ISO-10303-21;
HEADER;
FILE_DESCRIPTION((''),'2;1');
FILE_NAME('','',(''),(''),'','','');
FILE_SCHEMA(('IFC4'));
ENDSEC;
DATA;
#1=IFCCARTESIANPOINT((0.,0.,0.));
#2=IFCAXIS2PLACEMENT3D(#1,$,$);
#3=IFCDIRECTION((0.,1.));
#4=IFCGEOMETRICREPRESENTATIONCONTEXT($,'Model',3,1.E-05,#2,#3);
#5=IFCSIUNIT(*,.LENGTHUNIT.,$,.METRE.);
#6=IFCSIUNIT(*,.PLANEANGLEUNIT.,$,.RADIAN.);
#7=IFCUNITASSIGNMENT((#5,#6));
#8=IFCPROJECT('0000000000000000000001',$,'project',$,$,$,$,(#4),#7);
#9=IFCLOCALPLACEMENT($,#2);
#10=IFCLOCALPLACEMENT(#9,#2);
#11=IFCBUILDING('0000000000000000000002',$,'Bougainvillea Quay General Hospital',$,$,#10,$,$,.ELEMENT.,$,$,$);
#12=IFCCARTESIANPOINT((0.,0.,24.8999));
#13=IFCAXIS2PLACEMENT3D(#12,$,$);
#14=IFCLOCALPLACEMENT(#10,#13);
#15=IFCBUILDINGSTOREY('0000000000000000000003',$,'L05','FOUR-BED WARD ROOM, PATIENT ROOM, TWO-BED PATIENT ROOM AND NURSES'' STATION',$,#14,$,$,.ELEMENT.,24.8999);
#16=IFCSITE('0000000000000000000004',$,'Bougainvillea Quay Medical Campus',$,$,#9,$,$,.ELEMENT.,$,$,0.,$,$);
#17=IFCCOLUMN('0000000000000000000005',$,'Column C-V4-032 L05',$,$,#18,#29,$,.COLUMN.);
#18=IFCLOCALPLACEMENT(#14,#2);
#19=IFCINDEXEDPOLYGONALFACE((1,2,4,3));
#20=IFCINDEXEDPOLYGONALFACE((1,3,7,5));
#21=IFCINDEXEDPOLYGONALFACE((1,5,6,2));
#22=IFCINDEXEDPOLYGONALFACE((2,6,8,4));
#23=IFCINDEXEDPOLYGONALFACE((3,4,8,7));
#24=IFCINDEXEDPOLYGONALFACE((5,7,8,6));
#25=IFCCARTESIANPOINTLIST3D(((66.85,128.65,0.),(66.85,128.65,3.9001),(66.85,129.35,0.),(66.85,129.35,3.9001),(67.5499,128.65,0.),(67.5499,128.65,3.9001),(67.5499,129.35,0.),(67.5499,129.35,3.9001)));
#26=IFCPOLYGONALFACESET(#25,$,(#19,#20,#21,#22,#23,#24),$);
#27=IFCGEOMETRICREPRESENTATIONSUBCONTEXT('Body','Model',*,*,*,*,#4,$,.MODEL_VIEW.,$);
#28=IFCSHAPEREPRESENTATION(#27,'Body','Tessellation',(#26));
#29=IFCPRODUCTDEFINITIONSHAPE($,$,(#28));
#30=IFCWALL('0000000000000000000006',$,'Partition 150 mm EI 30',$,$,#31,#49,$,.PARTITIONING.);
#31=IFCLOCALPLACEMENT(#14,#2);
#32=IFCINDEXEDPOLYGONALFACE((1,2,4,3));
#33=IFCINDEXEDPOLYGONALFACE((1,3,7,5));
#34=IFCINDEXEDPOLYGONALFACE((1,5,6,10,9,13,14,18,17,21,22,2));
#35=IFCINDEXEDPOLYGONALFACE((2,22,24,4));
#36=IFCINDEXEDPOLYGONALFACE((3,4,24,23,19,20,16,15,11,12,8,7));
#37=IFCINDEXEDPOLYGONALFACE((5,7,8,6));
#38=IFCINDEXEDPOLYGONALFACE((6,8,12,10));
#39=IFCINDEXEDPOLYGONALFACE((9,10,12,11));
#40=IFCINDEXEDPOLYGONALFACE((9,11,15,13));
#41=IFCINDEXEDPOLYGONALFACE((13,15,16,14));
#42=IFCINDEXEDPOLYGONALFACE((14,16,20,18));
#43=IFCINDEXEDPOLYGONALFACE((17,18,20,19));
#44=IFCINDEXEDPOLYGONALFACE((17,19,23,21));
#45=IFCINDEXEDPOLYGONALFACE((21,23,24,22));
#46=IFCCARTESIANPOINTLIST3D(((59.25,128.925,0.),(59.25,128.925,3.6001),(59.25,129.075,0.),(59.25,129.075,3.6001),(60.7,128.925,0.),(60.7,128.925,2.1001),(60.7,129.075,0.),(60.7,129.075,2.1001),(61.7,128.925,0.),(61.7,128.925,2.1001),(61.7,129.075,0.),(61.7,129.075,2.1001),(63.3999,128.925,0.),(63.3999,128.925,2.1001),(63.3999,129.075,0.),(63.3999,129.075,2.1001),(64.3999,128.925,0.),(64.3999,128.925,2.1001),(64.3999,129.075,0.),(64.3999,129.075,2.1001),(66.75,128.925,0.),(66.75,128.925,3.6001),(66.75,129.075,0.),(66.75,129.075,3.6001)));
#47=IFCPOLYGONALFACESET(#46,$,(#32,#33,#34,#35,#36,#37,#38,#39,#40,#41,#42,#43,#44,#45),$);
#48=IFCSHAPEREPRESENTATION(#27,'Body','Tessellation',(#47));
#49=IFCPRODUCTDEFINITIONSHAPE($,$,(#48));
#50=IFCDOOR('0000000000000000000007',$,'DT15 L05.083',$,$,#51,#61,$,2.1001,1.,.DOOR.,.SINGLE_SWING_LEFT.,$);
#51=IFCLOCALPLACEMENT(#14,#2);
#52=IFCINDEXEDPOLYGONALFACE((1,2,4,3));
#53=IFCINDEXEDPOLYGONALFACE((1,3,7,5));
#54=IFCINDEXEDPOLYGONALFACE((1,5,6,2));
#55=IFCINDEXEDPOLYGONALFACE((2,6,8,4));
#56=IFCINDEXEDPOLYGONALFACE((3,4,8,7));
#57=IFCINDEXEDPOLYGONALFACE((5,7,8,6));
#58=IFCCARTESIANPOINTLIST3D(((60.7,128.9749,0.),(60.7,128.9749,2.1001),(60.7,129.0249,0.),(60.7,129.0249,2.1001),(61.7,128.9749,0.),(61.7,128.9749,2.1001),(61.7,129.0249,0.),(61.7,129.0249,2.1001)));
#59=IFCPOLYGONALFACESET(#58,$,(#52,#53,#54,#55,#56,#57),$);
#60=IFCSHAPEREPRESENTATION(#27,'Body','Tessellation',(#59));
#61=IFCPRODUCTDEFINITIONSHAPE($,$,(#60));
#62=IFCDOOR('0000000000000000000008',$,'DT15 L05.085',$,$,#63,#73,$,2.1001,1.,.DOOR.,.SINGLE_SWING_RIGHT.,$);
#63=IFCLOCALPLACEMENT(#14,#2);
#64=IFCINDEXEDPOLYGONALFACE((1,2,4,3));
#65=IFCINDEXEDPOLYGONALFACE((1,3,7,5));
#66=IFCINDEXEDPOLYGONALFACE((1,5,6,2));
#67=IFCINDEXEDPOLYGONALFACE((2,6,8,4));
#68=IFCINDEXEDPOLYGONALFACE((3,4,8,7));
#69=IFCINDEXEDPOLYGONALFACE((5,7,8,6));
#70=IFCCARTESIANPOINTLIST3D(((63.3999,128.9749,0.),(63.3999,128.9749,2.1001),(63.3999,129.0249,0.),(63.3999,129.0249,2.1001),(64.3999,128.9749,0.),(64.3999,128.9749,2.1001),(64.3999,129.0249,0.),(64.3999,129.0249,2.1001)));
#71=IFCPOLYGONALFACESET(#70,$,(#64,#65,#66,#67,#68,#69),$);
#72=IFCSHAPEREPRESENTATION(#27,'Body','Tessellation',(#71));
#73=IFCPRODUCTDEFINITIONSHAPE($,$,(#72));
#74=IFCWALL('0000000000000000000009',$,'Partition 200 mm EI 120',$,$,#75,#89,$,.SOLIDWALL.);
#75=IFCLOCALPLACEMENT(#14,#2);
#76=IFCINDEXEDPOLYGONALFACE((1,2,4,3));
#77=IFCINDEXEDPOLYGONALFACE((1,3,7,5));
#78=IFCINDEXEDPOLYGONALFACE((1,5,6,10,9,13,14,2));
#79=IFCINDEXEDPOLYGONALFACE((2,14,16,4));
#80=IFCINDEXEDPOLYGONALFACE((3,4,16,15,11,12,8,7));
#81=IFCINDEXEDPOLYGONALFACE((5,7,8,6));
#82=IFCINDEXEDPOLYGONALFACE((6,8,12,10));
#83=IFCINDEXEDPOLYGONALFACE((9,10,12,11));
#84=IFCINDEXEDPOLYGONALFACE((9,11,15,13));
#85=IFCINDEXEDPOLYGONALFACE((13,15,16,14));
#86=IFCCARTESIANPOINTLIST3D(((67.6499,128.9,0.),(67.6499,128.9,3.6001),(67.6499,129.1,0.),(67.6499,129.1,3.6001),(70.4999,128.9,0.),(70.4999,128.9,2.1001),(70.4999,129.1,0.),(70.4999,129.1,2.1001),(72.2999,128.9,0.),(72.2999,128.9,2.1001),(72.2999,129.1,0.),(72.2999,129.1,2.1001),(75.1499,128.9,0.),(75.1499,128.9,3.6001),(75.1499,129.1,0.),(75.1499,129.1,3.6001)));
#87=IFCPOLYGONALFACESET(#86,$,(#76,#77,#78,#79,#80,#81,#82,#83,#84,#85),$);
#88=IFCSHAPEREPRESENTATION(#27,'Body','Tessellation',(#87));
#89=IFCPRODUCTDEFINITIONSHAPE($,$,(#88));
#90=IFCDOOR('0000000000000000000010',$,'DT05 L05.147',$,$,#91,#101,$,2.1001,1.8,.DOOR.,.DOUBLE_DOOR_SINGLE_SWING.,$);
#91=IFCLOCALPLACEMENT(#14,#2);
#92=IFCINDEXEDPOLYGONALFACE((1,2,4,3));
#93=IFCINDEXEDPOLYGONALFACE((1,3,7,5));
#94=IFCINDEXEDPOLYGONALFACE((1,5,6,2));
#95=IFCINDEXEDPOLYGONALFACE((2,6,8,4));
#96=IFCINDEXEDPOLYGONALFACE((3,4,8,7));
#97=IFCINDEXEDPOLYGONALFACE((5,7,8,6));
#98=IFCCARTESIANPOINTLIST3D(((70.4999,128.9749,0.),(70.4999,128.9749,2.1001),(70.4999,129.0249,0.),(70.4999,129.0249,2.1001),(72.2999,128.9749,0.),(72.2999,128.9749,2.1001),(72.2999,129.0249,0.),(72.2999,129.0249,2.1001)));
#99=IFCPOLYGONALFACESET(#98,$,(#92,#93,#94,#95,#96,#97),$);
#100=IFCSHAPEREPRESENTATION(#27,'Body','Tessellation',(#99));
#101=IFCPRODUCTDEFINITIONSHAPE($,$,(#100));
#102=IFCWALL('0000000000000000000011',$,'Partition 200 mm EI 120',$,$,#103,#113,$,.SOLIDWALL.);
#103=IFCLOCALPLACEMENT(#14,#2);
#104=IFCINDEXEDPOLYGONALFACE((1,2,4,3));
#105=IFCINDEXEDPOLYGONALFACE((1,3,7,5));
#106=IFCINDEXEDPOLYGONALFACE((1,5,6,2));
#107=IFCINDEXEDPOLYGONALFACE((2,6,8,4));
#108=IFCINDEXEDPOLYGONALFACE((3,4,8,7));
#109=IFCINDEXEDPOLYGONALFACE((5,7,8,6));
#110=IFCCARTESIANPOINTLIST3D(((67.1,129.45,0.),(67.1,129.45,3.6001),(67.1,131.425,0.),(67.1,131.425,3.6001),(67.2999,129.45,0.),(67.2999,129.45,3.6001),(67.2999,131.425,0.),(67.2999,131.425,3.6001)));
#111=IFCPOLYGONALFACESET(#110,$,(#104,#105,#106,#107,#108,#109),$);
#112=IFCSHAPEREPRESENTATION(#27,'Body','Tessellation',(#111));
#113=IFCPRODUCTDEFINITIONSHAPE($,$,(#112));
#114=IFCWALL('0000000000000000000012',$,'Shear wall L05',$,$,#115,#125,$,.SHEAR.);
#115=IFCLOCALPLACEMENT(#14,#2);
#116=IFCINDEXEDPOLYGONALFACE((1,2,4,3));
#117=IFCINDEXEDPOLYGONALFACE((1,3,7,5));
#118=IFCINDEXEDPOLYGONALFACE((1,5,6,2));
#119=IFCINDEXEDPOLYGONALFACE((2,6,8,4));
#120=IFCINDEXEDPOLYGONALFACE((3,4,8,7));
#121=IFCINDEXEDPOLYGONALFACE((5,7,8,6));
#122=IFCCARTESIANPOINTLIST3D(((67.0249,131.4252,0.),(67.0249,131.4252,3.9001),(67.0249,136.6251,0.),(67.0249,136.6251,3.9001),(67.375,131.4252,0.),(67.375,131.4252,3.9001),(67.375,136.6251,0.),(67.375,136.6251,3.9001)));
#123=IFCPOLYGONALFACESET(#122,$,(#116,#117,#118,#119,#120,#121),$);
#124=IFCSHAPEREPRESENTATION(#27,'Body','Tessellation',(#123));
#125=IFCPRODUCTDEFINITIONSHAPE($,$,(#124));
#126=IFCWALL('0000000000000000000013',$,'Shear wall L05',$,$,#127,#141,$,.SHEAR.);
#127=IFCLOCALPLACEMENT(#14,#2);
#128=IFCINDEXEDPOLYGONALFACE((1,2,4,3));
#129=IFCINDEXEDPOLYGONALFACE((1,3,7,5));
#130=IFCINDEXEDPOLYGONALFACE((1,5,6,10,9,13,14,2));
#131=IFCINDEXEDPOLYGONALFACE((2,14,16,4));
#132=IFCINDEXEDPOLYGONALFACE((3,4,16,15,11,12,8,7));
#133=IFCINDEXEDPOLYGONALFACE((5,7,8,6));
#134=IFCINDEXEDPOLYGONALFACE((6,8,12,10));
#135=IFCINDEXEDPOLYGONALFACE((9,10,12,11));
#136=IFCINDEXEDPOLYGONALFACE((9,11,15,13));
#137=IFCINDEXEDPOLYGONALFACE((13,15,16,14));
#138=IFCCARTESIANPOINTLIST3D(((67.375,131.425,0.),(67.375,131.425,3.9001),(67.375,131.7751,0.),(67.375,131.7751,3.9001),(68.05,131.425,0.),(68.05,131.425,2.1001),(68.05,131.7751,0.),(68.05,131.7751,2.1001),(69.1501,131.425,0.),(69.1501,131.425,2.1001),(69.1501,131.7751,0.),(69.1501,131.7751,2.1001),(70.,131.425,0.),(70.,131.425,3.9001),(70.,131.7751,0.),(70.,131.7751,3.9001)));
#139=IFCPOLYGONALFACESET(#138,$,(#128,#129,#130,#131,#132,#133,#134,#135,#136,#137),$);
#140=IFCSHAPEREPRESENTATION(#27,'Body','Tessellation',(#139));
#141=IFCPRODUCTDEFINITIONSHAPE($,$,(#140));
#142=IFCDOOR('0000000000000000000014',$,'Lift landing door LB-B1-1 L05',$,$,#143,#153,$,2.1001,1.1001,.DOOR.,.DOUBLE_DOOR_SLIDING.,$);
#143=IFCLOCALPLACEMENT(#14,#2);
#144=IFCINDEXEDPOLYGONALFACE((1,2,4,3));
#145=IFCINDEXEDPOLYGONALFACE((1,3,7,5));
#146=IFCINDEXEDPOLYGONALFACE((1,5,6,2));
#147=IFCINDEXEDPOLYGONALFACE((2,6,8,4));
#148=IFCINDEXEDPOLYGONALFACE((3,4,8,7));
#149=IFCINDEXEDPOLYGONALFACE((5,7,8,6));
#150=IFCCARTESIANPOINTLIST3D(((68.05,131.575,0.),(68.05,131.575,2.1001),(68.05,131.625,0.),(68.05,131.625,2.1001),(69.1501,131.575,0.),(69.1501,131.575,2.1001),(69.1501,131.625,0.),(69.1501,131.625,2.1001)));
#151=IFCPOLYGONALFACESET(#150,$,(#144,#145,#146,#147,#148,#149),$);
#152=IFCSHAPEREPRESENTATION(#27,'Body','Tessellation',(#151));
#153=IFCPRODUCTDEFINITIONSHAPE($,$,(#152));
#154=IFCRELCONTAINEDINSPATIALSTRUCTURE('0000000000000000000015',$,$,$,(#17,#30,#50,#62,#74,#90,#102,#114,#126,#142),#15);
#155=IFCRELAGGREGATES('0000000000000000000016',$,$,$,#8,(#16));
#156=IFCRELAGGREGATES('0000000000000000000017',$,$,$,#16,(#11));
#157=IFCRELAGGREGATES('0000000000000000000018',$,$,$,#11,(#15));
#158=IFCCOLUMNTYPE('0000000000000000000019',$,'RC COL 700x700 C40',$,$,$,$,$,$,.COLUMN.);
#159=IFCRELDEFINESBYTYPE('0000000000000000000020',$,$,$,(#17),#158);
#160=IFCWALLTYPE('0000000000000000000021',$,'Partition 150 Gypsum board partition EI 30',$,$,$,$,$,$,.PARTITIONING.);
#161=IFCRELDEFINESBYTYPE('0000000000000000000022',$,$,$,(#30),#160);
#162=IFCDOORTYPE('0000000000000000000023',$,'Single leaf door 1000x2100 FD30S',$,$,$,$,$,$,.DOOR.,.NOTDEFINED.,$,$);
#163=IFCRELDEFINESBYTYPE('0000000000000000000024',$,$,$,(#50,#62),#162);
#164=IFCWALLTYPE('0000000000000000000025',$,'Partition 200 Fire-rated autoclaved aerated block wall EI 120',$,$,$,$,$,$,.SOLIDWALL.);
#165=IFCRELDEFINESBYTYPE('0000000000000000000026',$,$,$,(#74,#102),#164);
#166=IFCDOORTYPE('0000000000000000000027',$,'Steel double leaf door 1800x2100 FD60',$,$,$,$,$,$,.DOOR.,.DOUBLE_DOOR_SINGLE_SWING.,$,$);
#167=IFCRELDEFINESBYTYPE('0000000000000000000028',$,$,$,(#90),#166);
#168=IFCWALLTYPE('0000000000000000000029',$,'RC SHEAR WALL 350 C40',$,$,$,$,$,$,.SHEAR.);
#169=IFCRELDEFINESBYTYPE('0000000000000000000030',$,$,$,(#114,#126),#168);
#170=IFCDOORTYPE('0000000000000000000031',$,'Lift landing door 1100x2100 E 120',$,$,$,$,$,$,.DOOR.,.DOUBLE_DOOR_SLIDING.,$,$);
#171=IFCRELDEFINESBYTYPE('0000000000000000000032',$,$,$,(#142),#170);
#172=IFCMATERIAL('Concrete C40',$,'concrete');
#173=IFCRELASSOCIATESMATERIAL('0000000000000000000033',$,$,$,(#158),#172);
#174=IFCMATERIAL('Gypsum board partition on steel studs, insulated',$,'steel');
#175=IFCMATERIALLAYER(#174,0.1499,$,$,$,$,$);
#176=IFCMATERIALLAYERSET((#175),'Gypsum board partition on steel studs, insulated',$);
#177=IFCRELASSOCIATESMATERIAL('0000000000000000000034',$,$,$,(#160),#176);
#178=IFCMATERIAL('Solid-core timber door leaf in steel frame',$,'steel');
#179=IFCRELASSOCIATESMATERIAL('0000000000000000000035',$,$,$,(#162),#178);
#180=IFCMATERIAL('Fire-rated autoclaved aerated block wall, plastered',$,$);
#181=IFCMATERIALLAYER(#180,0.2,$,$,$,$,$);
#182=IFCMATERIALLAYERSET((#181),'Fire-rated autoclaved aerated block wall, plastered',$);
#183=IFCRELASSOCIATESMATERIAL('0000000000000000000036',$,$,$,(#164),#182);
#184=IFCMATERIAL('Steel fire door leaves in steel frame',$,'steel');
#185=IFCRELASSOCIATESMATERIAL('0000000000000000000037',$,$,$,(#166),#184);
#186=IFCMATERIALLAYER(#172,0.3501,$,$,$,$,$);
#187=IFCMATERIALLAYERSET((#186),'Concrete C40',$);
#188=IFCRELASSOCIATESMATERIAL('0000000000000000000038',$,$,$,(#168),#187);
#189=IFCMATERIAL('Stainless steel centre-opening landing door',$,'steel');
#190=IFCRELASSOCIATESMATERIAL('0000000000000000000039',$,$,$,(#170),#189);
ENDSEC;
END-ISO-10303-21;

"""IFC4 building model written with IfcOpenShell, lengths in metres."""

from ifc_helpers import new_model, si_unit, direction, frame, frame_2d, origin, origin_2d, place, context, subcontext, project, spatial, rectangle, extrude, material, layer, layer_set, material_profile, profile_set, type_object, element, fill, save


model = new_model("IFC4")

# Units and contexts
model_context = context("Model", 3, precision=1e-05, world=origin(), true_north=direction((0.0, 1.0)))
body_context = subcontext(model_context, "Body", "Model", "MODEL_VIEW")
ifc_project = project(units=[si_unit("LENGTHUNIT", "METRE"), si_unit("PLANEANGLEUNIT", "RADIAN")], contexts=[model_context])

# Site, building, storey
site_placement = place(None, origin())
site = spatial("IfcSite", under=ifc_project, at=site_placement, Name="Bougainvillea Quay Medical Campus", CompositionType="ELEMENT", RefElevation=0.0)
building_placement = place(site_placement, origin())
building = spatial("IfcBuilding", under=site, at=building_placement, Name="Bougainvillea Quay General Hospital", CompositionType="ELEMENT")
storey_placement = place(building_placement, frame((0.0, 0.0, 24.8999)))
storey = spatial("IfcBuildingStorey", under=building, at=storey_placement, Name="L05", Description="FOUR-BED WARD ROOM, PATIENT ROOM, TWO-BED PATIENT ROOM AND NURSES' STATION", CompositionType="ELEMENT", Elevation=24.8999)

# Column
ifc_material_1 = material(Name="Concrete C40", Category="concrete")
ifc_material_profile_1 = material_profile(ifc_material_1, rectangle(XDim=0.7, YDim=0.7, at=origin_2d()))
ifc_profile_set_1 = profile_set([ifc_material_profile_1], Name="Concrete C40")
column_type = type_object("IfcColumnType", Name="RC COL 700x700 C40", PredefinedType="COLUMN", material=ifc_profile_set_1)
column_placement = place(storey_placement, frame((67.2, 129.0, 0.0), z_axis=(0.0, 0.0, 1.0), x_axis=(1.0, 0.0, 0.0)))
element("IfcColumn", 1, at=column_placement, inside=storey, type_object=column_type, Name="Column C-V4-032 L05", PredefinedType="COLUMN", context=body_context, shape_type="SweptSolid", body=[
    extrude(rectangle(XDim=0.7, YDim=0.7, at=origin_2d()), origin(), (0.0, 0.0, 1.0), 3.9001),
])

# Wall, openings, doors
ifc_material_2 = material(Name="Gypsum board partition on steel studs, insulated", Category="steel")
ifc_layer_1 = layer(ifc_material_2, 0.1499)
ifc_layer_set_1 = layer_set([ifc_layer_1], Name="Gypsum board partition on steel studs, insulated")
wall_type_1 = type_object("IfcWallType", Name="Partition 150 Gypsum board partition EI 30", PredefinedType="PARTITIONING", material=ifc_layer_set_1)
wall_1_placement = place(storey_placement, frame((66.75, 129.0, 0.0), z_axis=(0.0, 0.0, 1.0), x_axis=(-1.0, 0.0, 0.0)))
wall_1 = element("IfcWall", 2, at=wall_1_placement, inside=storey, type_object=wall_type_1, Name="Partition 150 mm EI 30", PredefinedType="PARTITIONING", context=body_context, shape_type="SweptSolid", body=[
    extrude(rectangle(XDim=7.5, YDim=0.1499, at=frame_2d((3.75, 0.0))), origin(), (0.0, 0.0, 1.0), 3.6001),
])
opening_1_placement = place(wall_1_placement, frame((5.05, 0.0, 0.0)))
opening_1 = element("IfcOpeningElement", 3, at=opening_1_placement, cuts=wall_1, PredefinedType="OPENING", context=body_context, shape_type="SweptSolid", body=[
    extrude(rectangle(XDim=1.0, YDim=2.1001, at=frame_2d((0.5, 1.05))), frame((0.0, 0.085, 0.0), z_axis=(0.0, -1.0, 0.0), x_axis=(1.0, 0.0, 0.0)), (0.0, 0.0, 1.0), 0.1699),
])
opening_2_placement = place(wall_1_placement, frame((2.3501, 0.0, 0.0)))
opening_2 = element("IfcOpeningElement", 4, at=opening_2_placement, cuts=wall_1, PredefinedType="OPENING", context=body_context, shape_type="SweptSolid", body=[
    extrude(rectangle(XDim=1.0, YDim=2.1001, at=frame_2d((0.5, 1.05))), frame((0.0, 0.085, 0.0), z_axis=(0.0, -1.0, 0.0), x_axis=(1.0, 0.0, 0.0)), (0.0, 0.0, 1.0), 0.1699),
])
ifc_material_3 = material(Name="Solid-core timber door leaf in steel frame", Category="steel")
door_type_1 = type_object("IfcDoorType", Name="Single leaf door 1000x2100 FD30S", OperationType="NOTDEFINED", PredefinedType="DOOR", material=ifc_material_3)
door_1_placement = place(opening_1_placement, frame((1.0, 0.0, 0.0), z_axis=(0.0, 0.0, 1.0), x_axis=(-1.0, 0.0, 0.0)))
door_1 = element("IfcDoor", 5, at=door_1_placement, inside=storey, type_object=door_type_1, Name="DT15 L05.083", OperationType="SINGLE_SWING_LEFT", OverallHeight=2.1001, OverallWidth=1.0, PredefinedType="DOOR", context=body_context, shape_type="SweptSolid", body=[
    extrude(rectangle(XDim=1.0, YDim=2.1001, at=frame_2d((0.5, 1.05))), frame((0.0, 0.0249, 0.0), z_axis=(0.0, -1.0, 0.0), x_axis=(1.0, 0.0, 0.0)), (0.0, 0.0, 1.0), 0.05),
])
fill(opening_1, door_1)
door_2_placement = place(opening_2_placement, frame((1.0, 0.0, 0.0), z_axis=(0.0, 0.0, 1.0), x_axis=(-1.0, 0.0, 0.0)))
door_2 = element("IfcDoor", 6, at=door_2_placement, inside=storey, type_object=door_type_1, Name="DT15 L05.085", OperationType="SINGLE_SWING_RIGHT", OverallHeight=2.1001, OverallWidth=1.0, PredefinedType="DOOR", context=body_context, shape_type="SweptSolid", body=[
    extrude(rectangle(XDim=1.0, YDim=2.1001, at=frame_2d((0.5, 1.05))), frame((0.0, 0.0249, 0.0), z_axis=(0.0, -1.0, 0.0), x_axis=(1.0, 0.0, 0.0)), (0.0, 0.0, 1.0), 0.05),
])
fill(opening_2, door_2)

# Wall, opening, door
ifc_material_4 = material(Name="Fire-rated autoclaved aerated block wall, plastered")
ifc_layer_2 = layer(ifc_material_4, 0.2)
ifc_layer_set_2 = layer_set([ifc_layer_2], Name="Fire-rated autoclaved aerated block wall, plastered")
wall_type_2 = type_object("IfcWallType", Name="Partition 200 Fire-rated autoclaved aerated block wall EI 120", PredefinedType="SOLIDWALL", material=ifc_layer_set_2)
wall_2_placement = place(storey_placement, frame((67.6499, 129.0, 0.0), z_axis=(0.0, 0.0, 1.0), x_axis=(1.0, 0.0, 0.0)))
wall_2 = element("IfcWall", 7, at=wall_2_placement, inside=storey, type_object=wall_type_2, Name="Partition 200 mm EI 120", PredefinedType="SOLIDWALL", context=body_context, shape_type="SweptSolid", body=[
    extrude(rectangle(XDim=7.5, YDim=0.2, at=frame_2d((3.75, 0.0))), origin(), (0.0, 0.0, 1.0), 3.6001),
])
opening_3_placement = place(wall_2_placement, frame((2.8501, 0.0, 0.0)))
opening_3 = element("IfcOpeningElement", 8, at=opening_3_placement, cuts=wall_2, PredefinedType="OPENING", context=body_context, shape_type="SweptSolid", body=[
    extrude(rectangle(XDim=1.8, YDim=2.1001, at=frame_2d((0.8999, 1.05))), frame((0.0, 0.1099, 0.0), z_axis=(0.0, -1.0, 0.0), x_axis=(1.0, 0.0, 0.0)), (0.0, 0.0, 1.0), 0.22),
])
ifc_material_5 = material(Name="Steel fire door leaves in steel frame", Category="steel")
door_type_2 = type_object("IfcDoorType", Name="Steel double leaf door 1800x2100 FD60", OperationType="DOUBLE_DOOR_SINGLE_SWING", PredefinedType="DOOR", material=ifc_material_5)
door_3_placement = place(opening_3_placement, origin())
door_3 = element("IfcDoor", 9, at=door_3_placement, inside=storey, type_object=door_type_2, Name="DT05 L05.147", OperationType="DOUBLE_DOOR_SINGLE_SWING", OverallHeight=2.1001, OverallWidth=1.8, PredefinedType="DOOR", context=body_context, shape_type="SweptSolid", body=[
    extrude(rectangle(XDim=1.8, YDim=2.1001, at=frame_2d((0.8999, 1.05))), frame((0.0, 0.0249, 0.0), z_axis=(0.0, -1.0, 0.0), x_axis=(1.0, 0.0, 0.0)), (0.0, 0.0, 1.0), 0.05),
])
fill(opening_3, door_3)

# Walls
wall_3_placement = place(storey_placement, frame((67.2, 129.45, 0.0), z_axis=(0.0, 0.0, 1.0), x_axis=(0.0, 1.0, 0.0)))
element("IfcWall", 10, at=wall_3_placement, inside=storey, type_object=wall_type_2, Name="Partition 200 mm EI 120", PredefinedType="SOLIDWALL", context=body_context, shape_type="SweptSolid", body=[
    extrude(rectangle(XDim=1.9751, YDim=0.2, at=frame_2d((0.9875, 0.0))), origin(), (0.0, 0.0, 1.0), 3.6001),
])
ifc_layer_3 = layer(ifc_material_1, 0.3501)
ifc_layer_set_3 = layer_set([ifc_layer_3], Name="Concrete C40")
wall_type_3 = type_object("IfcWallType", Name="RC SHEAR WALL 350 C40", PredefinedType="SHEAR", material=ifc_layer_set_3)
wall_4_placement = place(storey_placement, frame((67.2, 131.425, 0.0), z_axis=(0.0, 0.0, 1.0), x_axis=(0.0, 1.0, 0.0)))
element("IfcWall", 11, at=wall_4_placement, inside=storey, type_object=wall_type_3, Name="Shear wall L05", PredefinedType="SHEAR", context=body_context, shape_type="SweptSolid", body=[
    extrude(rectangle(XDim=5.2, YDim=0.3501, at=frame_2d((2.6001, 0.0))), origin(), (0.0, 0.0, 1.0), 3.9001),
])

# Wall, opening, door
wall_5_placement = place(storey_placement, frame((67.375, 131.6001, 0.0), z_axis=(0.0, 0.0, 1.0), x_axis=(1.0, 0.0, 0.0)))
wall_5 = element("IfcWall", 12, at=wall_5_placement, inside=storey, type_object=wall_type_3, Name="Shear wall L05", PredefinedType="SHEAR", context=body_context, shape_type="SweptSolid", body=[
    extrude(rectangle(XDim=2.625, YDim=0.3501, at=frame_2d((1.3125, 0.0))), origin(), (0.0, 0.0, 1.0), 3.9001),
])
opening_4_placement = place(wall_5_placement, frame((0.675, 0.0, 0.0)))
opening_4 = element("IfcOpeningElement", 13, at=opening_4_placement, cuts=wall_5, PredefinedType="OPENING", context=body_context, shape_type="SweptSolid", body=[
    extrude(rectangle(XDim=1.1001, YDim=2.1001, at=frame_2d((0.55, 1.05))), frame((0.0, 0.1851, 0.0), z_axis=(0.0, -1.0, 0.0), x_axis=(1.0, 0.0, 0.0)), (0.0, 0.0, 1.0), 0.3701),
])
ifc_material_6 = material(Name="Stainless steel centre-opening landing door", Category="steel")
door_type_3 = type_object("IfcDoorType", Name="Lift landing door 1100x2100 E 120", OperationType="DOUBLE_DOOR_SLIDING", PredefinedType="DOOR", material=ifc_material_6)
door_4_placement = place(opening_4_placement, origin())
door_4 = element("IfcDoor", 14, at=door_4_placement, inside=storey, type_object=door_type_3, Name="Lift landing door LB-B1-1 L05", OperationType="DOUBLE_DOOR_SLIDING", OverallHeight=2.1001, OverallWidth=1.1001, PredefinedType="DOOR", context=body_context, shape_type="SweptSolid", body=[
    extrude(rectangle(XDim=1.1001, YDim=2.1001, at=frame_2d((0.55, 1.05))), frame((0.0, 0.0249, 0.0), z_axis=(0.0, -1.0, 0.0), x_axis=(1.0, 0.0, 0.0)), (0.0, 0.0, 1.0), 0.05),
])
fill(opening_4, door_4)

save(model, "model.ifc")
